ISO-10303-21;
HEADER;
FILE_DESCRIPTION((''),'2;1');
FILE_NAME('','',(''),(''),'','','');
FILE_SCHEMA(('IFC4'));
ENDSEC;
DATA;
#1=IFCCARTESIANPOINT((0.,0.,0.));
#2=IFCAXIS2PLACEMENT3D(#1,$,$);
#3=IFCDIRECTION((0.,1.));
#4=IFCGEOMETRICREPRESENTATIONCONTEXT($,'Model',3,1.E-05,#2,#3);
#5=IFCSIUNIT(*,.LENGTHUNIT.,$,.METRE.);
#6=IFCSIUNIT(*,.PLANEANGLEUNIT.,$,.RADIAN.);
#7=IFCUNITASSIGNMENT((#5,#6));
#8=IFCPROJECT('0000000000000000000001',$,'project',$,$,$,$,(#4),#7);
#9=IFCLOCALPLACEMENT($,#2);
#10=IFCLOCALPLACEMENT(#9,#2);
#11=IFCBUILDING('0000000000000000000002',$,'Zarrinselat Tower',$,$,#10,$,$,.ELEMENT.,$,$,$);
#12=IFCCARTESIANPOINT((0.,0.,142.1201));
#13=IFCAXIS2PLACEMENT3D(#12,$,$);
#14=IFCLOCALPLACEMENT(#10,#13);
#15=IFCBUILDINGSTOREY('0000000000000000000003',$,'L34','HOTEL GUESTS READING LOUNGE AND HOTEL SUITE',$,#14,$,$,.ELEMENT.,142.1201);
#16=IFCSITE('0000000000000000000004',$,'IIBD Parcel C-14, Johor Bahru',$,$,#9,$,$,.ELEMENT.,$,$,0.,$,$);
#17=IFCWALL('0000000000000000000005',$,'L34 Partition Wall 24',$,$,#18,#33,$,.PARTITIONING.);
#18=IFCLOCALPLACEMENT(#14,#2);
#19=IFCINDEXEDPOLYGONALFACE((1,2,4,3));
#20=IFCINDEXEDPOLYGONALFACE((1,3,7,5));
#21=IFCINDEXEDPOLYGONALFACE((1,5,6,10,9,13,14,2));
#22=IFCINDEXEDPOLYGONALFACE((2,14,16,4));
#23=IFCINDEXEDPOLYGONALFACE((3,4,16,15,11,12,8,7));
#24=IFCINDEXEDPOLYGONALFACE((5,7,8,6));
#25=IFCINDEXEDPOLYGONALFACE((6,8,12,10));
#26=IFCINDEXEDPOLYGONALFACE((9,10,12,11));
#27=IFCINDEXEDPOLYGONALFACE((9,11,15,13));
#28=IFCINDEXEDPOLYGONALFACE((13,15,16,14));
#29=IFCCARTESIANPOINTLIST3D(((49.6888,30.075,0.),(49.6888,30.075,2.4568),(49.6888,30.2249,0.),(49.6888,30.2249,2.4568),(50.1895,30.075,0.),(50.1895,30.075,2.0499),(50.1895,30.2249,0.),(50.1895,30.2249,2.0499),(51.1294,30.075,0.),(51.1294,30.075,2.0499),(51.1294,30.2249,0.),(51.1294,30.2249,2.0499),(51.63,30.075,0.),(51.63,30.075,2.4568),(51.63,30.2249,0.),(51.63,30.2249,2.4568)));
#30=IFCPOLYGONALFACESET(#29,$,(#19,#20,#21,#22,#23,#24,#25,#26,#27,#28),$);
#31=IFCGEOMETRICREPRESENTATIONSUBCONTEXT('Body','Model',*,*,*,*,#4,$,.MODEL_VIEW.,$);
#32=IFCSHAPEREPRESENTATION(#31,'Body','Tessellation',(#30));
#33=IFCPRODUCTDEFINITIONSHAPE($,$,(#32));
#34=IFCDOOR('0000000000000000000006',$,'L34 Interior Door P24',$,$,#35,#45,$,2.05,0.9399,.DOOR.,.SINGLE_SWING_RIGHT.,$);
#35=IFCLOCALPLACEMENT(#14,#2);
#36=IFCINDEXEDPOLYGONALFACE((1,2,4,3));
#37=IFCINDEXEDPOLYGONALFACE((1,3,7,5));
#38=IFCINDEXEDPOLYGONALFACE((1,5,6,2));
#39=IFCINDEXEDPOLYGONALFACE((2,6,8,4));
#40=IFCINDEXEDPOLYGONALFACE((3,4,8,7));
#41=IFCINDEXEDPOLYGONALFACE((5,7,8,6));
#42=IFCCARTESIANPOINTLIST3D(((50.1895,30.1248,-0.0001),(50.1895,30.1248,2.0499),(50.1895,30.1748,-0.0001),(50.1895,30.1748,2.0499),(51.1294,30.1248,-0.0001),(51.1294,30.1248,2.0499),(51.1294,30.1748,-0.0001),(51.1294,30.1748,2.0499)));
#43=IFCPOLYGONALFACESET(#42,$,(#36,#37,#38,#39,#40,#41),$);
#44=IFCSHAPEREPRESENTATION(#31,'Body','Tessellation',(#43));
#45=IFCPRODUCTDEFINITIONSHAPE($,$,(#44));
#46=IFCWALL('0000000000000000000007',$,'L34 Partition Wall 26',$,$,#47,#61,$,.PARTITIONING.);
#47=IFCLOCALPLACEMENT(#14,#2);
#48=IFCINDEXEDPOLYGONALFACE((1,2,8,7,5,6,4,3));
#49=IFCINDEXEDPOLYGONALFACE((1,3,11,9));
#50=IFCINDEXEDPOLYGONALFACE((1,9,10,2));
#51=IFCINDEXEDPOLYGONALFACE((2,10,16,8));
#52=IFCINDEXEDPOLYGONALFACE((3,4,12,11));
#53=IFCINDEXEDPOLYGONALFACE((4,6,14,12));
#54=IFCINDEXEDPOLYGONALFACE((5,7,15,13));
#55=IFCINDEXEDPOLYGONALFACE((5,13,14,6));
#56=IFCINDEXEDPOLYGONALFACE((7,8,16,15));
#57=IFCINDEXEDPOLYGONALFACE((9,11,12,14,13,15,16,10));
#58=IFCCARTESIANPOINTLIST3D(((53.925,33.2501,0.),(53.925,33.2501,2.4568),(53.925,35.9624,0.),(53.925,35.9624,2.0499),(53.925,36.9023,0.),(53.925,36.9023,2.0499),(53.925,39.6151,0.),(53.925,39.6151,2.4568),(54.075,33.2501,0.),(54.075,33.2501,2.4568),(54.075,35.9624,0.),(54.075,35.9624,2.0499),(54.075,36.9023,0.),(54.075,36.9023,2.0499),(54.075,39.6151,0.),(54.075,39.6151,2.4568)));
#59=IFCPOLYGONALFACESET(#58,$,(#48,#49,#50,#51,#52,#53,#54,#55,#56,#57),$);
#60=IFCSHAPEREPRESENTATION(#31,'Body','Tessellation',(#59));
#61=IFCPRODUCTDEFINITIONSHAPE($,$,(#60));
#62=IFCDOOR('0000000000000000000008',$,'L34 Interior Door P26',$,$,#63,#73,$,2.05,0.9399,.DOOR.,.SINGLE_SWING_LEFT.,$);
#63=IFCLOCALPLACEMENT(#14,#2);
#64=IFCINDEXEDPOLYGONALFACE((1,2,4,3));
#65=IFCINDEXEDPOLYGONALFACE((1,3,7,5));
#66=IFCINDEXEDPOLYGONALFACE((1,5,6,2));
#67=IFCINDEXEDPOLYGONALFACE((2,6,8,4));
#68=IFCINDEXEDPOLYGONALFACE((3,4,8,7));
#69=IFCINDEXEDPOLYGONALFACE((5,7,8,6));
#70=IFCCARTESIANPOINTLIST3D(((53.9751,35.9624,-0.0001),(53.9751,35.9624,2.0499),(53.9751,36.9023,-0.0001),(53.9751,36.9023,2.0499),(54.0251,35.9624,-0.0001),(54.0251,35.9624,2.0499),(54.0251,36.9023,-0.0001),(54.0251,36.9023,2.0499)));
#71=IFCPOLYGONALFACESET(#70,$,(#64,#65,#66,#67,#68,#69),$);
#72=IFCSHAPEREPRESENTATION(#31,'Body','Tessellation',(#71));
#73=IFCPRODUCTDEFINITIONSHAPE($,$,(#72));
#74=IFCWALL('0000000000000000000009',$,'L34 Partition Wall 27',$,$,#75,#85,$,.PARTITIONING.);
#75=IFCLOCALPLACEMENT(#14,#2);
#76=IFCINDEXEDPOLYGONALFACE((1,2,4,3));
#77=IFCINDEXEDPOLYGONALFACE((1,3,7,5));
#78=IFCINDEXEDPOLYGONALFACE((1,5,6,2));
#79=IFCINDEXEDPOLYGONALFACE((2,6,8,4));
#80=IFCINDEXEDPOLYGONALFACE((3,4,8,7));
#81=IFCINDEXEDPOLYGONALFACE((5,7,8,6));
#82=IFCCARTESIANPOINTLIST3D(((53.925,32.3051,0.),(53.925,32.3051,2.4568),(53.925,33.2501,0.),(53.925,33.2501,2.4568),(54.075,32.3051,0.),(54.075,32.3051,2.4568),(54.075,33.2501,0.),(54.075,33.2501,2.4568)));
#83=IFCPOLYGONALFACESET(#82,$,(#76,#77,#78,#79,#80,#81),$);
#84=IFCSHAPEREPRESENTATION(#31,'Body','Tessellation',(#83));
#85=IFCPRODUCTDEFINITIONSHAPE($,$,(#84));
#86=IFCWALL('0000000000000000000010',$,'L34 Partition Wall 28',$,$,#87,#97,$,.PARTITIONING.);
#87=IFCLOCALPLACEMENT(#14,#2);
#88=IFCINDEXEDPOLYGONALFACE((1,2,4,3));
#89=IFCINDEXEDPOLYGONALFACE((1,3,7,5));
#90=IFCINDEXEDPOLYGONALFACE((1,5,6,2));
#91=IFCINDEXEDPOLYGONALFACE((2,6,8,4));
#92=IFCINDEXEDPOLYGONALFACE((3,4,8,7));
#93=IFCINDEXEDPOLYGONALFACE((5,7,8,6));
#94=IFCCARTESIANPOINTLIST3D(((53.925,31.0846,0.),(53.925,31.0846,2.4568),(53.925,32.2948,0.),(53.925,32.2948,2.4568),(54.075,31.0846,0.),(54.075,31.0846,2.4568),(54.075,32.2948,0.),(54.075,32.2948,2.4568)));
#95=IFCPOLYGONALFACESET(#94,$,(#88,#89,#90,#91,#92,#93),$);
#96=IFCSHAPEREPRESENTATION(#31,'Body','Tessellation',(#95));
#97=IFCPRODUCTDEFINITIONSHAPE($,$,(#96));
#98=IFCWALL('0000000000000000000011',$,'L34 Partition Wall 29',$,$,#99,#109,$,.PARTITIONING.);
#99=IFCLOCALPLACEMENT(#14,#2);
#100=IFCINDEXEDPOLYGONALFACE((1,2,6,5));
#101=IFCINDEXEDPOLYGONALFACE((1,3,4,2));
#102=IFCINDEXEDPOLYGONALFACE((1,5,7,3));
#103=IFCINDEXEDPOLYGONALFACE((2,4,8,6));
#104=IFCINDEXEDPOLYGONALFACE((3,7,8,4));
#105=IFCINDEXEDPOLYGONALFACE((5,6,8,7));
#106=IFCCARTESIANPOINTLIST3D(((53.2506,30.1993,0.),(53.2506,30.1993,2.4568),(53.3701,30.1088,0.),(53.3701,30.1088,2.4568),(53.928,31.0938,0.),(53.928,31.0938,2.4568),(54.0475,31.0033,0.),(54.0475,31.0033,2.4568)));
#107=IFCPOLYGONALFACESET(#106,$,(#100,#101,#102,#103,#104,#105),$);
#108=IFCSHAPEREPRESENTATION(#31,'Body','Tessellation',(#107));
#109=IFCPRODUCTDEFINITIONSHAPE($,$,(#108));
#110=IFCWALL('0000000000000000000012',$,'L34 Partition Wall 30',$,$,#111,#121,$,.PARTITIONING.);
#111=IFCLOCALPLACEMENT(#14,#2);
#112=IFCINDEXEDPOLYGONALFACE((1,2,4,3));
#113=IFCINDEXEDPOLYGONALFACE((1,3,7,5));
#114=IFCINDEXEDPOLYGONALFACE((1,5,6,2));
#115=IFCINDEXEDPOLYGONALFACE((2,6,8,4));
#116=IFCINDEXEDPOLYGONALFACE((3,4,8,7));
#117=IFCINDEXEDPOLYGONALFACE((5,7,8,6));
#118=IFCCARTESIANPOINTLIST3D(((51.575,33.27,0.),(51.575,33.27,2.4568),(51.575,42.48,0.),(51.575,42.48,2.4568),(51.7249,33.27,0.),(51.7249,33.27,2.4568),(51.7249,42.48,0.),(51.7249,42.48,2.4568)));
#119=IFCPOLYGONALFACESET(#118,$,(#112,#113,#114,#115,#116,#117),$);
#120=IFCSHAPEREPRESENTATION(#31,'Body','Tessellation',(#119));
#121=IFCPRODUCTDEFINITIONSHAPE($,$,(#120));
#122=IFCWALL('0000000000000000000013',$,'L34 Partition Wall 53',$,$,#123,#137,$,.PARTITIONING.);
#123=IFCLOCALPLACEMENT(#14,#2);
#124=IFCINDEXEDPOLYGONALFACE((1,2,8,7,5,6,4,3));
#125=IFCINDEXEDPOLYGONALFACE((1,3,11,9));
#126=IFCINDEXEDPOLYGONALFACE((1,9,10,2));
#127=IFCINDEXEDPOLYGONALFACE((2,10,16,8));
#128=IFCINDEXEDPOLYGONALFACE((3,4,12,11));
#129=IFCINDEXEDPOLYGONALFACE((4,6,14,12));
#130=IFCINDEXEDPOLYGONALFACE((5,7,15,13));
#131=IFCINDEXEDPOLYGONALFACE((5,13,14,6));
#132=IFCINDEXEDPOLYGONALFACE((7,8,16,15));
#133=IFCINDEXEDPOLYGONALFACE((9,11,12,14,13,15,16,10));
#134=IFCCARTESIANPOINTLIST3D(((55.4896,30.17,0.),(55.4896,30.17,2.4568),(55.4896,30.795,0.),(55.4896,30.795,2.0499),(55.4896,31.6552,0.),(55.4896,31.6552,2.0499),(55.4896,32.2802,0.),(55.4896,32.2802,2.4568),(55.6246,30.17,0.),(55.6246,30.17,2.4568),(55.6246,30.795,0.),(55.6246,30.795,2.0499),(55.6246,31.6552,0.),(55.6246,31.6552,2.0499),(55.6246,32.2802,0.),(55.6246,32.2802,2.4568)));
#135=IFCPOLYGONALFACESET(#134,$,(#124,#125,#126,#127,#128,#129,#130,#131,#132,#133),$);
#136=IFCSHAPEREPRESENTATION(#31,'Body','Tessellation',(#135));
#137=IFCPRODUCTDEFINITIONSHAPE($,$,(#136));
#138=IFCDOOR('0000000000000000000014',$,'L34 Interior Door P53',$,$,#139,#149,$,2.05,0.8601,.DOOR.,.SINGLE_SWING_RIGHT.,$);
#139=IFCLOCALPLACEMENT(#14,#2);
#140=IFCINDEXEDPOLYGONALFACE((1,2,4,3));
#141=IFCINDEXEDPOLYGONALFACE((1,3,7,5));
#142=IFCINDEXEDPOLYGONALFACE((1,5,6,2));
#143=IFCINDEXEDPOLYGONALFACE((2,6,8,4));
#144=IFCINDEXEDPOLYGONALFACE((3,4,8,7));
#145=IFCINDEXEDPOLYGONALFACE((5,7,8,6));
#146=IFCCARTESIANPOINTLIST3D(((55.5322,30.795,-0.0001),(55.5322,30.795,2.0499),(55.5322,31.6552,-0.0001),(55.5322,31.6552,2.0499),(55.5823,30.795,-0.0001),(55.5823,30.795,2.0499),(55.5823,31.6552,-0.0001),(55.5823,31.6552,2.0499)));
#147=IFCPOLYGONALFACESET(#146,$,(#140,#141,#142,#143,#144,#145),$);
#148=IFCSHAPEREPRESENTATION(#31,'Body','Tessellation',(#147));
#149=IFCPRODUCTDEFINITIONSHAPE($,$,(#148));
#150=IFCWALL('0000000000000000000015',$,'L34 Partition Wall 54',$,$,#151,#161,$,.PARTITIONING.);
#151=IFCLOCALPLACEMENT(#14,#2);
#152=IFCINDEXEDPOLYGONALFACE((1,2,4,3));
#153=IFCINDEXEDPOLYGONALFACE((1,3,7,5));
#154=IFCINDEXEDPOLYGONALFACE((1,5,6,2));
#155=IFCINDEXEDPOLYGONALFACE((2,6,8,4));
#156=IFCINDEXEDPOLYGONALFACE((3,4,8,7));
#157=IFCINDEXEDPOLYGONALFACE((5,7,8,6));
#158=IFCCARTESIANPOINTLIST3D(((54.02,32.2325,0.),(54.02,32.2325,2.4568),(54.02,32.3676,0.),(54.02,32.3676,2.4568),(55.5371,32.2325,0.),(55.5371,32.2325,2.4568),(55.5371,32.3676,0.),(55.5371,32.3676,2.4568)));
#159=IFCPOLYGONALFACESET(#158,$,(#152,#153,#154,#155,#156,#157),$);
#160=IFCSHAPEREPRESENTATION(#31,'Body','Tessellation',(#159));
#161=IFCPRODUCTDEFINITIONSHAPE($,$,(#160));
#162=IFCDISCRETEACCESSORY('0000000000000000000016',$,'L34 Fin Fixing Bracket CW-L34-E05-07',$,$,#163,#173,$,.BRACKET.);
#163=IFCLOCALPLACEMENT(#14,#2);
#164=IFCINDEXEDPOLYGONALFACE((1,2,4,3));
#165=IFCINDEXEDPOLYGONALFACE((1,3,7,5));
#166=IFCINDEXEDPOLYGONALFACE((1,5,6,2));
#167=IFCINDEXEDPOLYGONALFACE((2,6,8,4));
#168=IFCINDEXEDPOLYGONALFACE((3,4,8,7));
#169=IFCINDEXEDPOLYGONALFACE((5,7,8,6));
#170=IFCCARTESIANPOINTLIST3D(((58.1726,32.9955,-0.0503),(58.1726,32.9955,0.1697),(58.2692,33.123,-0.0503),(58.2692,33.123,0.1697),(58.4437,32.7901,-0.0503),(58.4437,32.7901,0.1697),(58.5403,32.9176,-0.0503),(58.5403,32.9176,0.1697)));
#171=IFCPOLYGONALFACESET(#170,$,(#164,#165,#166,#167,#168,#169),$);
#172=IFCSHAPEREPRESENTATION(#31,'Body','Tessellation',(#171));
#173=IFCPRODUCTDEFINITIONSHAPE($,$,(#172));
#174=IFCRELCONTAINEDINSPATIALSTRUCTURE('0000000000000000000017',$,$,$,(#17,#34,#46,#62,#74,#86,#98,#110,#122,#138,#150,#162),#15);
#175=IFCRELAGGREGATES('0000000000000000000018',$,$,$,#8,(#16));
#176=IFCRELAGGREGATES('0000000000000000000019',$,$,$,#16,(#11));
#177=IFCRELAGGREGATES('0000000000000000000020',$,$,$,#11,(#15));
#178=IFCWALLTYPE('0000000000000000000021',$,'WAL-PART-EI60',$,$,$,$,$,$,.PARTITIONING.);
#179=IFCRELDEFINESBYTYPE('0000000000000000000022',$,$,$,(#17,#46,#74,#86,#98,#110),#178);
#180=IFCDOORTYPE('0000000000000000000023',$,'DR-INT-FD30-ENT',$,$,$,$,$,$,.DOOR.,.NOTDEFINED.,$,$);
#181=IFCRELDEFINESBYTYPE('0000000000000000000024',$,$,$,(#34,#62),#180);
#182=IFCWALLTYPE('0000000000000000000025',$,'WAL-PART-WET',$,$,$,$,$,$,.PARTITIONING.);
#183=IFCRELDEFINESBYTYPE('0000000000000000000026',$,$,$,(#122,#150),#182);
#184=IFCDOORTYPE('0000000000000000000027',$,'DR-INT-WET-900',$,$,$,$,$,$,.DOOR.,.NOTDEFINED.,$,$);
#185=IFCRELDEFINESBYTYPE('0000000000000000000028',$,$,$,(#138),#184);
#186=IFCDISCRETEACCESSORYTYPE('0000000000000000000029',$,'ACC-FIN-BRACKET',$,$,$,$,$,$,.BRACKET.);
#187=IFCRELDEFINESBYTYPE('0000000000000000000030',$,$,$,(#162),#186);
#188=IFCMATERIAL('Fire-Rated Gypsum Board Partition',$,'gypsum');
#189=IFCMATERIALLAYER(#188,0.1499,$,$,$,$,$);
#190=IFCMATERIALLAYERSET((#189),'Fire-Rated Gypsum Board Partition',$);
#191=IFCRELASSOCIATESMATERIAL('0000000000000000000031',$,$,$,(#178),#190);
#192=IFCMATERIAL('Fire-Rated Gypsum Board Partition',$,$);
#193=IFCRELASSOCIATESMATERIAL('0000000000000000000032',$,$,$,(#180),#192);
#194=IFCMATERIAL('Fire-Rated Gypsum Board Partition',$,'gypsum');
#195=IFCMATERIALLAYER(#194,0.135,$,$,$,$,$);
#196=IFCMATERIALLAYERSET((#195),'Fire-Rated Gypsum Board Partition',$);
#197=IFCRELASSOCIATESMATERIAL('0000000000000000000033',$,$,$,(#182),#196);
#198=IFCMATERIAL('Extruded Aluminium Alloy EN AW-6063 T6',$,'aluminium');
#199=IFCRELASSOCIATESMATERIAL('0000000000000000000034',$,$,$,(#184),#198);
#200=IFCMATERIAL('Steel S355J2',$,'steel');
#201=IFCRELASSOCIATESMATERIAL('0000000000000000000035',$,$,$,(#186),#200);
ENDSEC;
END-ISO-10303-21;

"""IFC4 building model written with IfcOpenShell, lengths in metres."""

from ifc_helpers import new_model, si_unit, direction, frame, frame_2d, origin, origin_2d, place, context, subcontext, project, spatial, rectangle, extrude, material, layer, layer_set, type_object, element, fill, save


model = new_model("IFC4")

# Units and contexts
model_context = context("Model", 3, precision=1e-05, world=origin(), true_north=direction((0.0, 1.0)))
body_context = subcontext(model_context, "Body", "Model", "MODEL_VIEW")
ifc_project = project(units=[si_unit("LENGTHUNIT", "METRE"), si_unit("PLANEANGLEUNIT", "RADIAN")], contexts=[model_context])

# Site, building, storey
site_placement = place(None, origin())
site = spatial("IfcSite", under=ifc_project, at=site_placement, Name="IIBD Parcel C-14, Johor Bahru", CompositionType="ELEMENT", RefElevation=0.0)
building_placement = place(site_placement, origin())
building = spatial("IfcBuilding", under=site, at=building_placement, Name="Zarrinselat Tower", CompositionType="ELEMENT")
storey_placement = place(building_placement, frame((0.0, 0.0, 142.1201)))
storey = spatial("IfcBuildingStorey", under=building, at=storey_placement, Name="L34", Description="HOTEL GUESTS READING LOUNGE AND HOTEL SUITE", CompositionType="ELEMENT", Elevation=142.1201)

# Walls, openings, doors
ifc_material_1 = material(Name="Fire-Rated Gypsum Board Partition", Category="gypsum")
ifc_layer_1 = layer(ifc_material_1, 0.1499)
ifc_layer_set_1 = layer_set([ifc_layer_1], Name="Fire-Rated Gypsum Board Partition")
wall_type_1 = type_object("IfcWallType", Name="WAL-PART-EI60", PredefinedType="PARTITIONING", material=ifc_layer_set_1)
wall_1_placement = place(storey_placement, frame((49.6887, 30.1499, 0.0), z_axis=(0.0, 0.0, 1.0), x_axis=(1.0, 0.0, 0.0)))
wall_1 = element("IfcWall", 1, at=wall_1_placement, inside=storey, type_object=wall_type_1, Name="L34 Partition Wall 24", PredefinedType="PARTITIONING", context=body_context, shape_type="SweptSolid", body=[
    extrude(rectangle(XDim=1.9412, YDim=0.1499, at=frame_2d((0.9707, 0.0))), origin(), (0.0, 0.0, 1.0), 2.4568),
])
opening_1_placement = place(wall_1_placement, frame((0.5007, 0.0, 0.0)))
opening_1 = element("IfcOpeningElement", 2, at=opening_1_placement, cuts=wall_1, PredefinedType="OPENING", context=body_context, shape_type="SweptSolid", body=[
    extrude(rectangle(XDim=0.9399, YDim=2.05, at=frame_2d((0.47, 1.0249))), frame((0.0, 0.085, 0.0), z_axis=(0.0, -1.0, 0.0), x_axis=(1.0, 0.0, 0.0)), (0.0, 0.0, 1.0), 0.1699),
])
ifc_material_2 = material(Name="Fire-Rated Gypsum Board Partition")
door_type_1 = type_object("IfcDoorType", Name="DR-INT-FD30-ENT", OperationType="NOTDEFINED", PredefinedType="DOOR", material=ifc_material_2)
door_1_placement = place(opening_1_placement, origin())
door_1 = element("IfcDoor", 3, at=door_1_placement, inside=storey, type_object=door_type_1, Name="L34 Interior Door P24", OperationType="SINGLE_SWING_RIGHT", OverallHeight=2.05, OverallWidth=0.9399, PredefinedType="DOOR", context=body_context, shape_type="SweptSolid", body=[
    extrude(rectangle(XDim=0.9399, YDim=2.05, at=frame_2d((0.47, 1.0249))), frame((0.0, 0.0249, 0.0), z_axis=(0.0, -1.0, 0.0), x_axis=(1.0, 0.0, 0.0)), (0.0, 0.0, 1.0), 0.05),
])
fill(opening_1, door_1)
wall_2_placement = place(storey_placement, frame((54.0, 33.25, 0.0), z_axis=(0.0, 0.0, 1.0), x_axis=(0.0, 1.0, 0.0)))
wall_2 = element("IfcWall", 4, at=wall_2_placement, inside=storey, type_object=wall_type_1, Name="L34 Partition Wall 26", PredefinedType="PARTITIONING", context=body_context, shape_type="SweptSolid", body=[
    extrude(rectangle(XDim=6.365, YDim=0.1499, at=frame_2d((3.1826, 0.0))), origin(), (0.0, 0.0, 1.0), 2.4568),
])
opening_2_placement = place(wall_2_placement, frame((2.7124, 0.0, 0.0)))
opening_2 = element("IfcOpeningElement", 5, at=opening_2_placement, cuts=wall_2, PredefinedType="OPENING", context=body_context, shape_type="SweptSolid", body=[
    extrude(rectangle(XDim=0.9399, YDim=2.05, at=frame_2d((0.47, 1.0249))), frame((0.0, 0.085, 0.0), z_axis=(0.0, -1.0, 0.0), x_axis=(1.0, 0.0, 0.0)), (0.0, 0.0, 1.0), 0.1699),
])
door_2_placement = place(opening_2_placement, origin())
door_2 = element("IfcDoor", 6, at=door_2_placement, inside=storey, type_object=door_type_1, Name="L34 Interior Door P26", OperationType="SINGLE_SWING_LEFT", OverallHeight=2.05, OverallWidth=0.9399, PredefinedType="DOOR", context=body_context, shape_type="SweptSolid", body=[
    extrude(rectangle(XDim=0.9399, YDim=2.05, at=frame_2d((0.47, 1.0249))), frame((0.0, 0.0249, 0.0), z_axis=(0.0, -1.0, 0.0), x_axis=(1.0, 0.0, 0.0)), (0.0, 0.0, 1.0), 0.05),
])
fill(opening_2, door_2)

# Walls
wall_3_placement = place(storey_placement, frame((54.0, 32.3049, 0.0), z_axis=(0.0, 0.0, 1.0), x_axis=(0.0, 1.0, 0.0)))
element("IfcWall", 7, at=wall_3_placement, inside=storey, type_object=wall_type_1, Name="L34 Partition Wall 27", PredefinedType="PARTITIONING", context=body_context, shape_type="SweptSolid", body=[
    extrude(rectangle(XDim=0.9451, YDim=0.1499, at=frame_2d((0.4727, 0.0))), origin(), (0.0, 0.0, 1.0), 2.4568),
])
wall_4_placement = place(storey_placement, frame((54.0, 31.0847, 0.0), z_axis=(0.0, 0.0, 1.0), x_axis=(0.0, 1.0, 0.0)))
element("IfcWall", 8, at=wall_4_placement, inside=storey, type_object=wall_type_1, Name="L34 Partition Wall 28", PredefinedType="PARTITIONING", context=body_context, shape_type="SweptSolid", body=[
    extrude(rectangle(XDim=1.2102, YDim=0.1499, at=frame_2d((0.605, 0.0))), origin(), (0.0, 0.0, 1.0), 2.4568),
])
wall_5_placement = place(storey_placement, frame((53.3103, 30.1541, 0.0), z_axis=(0.0, 0.0, 1.0), x_axis=(0.603753, 0.797171, 0.0)))
element("IfcWall", 9, at=wall_5_placement, inside=storey, type_object=wall_type_1, Name="L34 Partition Wall 29", PredefinedType="PARTITIONING", context=body_context, shape_type="SweptSolid", body=[
    extrude(rectangle(XDim=1.1221, YDim=0.1499, at=frame_2d((0.561, 0.0))), origin(), (0.0, 0.0, 1.0), 2.4568),
])
wall_6_placement = place(storey_placement, frame((51.6499, 33.27, 0.0), z_axis=(0.0, 0.0, 1.0), x_axis=(0.0, 1.0, 0.0)))
element("IfcWall", 10, at=wall_6_placement, inside=storey, type_object=wall_type_1, Name="L34 Partition Wall 30", PredefinedType="PARTITIONING", context=body_context, shape_type="SweptSolid", body=[
    extrude(rectangle(XDim=9.21, YDim=0.1499, at=frame_2d((4.605, 0.0))), origin(), (0.0, 0.0, 1.0), 2.4568),
])

# Wall, opening, door
ifc_material_3 = material(Name="Fire-Rated Gypsum Board Partition", Category="gypsum")
ifc_layer_2 = layer(ifc_material_3, 0.135)
ifc_layer_set_2 = layer_set([ifc_layer_2], Name="Fire-Rated Gypsum Board Partition")
wall_type_2 = type_object("IfcWallType", Name="WAL-PART-WET", PredefinedType="PARTITIONING", material=ifc_layer_set_2)
wall_7_placement = place(storey_placement, frame((55.5571, 30.1699, 0.0), z_axis=(0.0, 0.0, 1.0), x_axis=(0.0, 1.0, 0.0)))
wall_7 = element("IfcWall", 11, at=wall_7_placement, inside=storey, type_object=wall_type_2, Name="L34 Partition Wall 53", PredefinedType="PARTITIONING", context=body_context, shape_type="SweptSolid", body=[
    extrude(rectangle(XDim=2.1101, YDim=0.135, at=frame_2d((1.0552, 0.0))), origin(), (0.0, 0.0, 1.0), 2.4568),
])
opening_3_placement = place(wall_7_placement, frame((0.625, 0.0, 0.0)))
opening_3 = element("IfcOpeningElement", 12, at=opening_3_placement, cuts=wall_7, PredefinedType="OPENING", context=body_context, shape_type="SweptSolid", body=[
    extrude(rectangle(XDim=0.8601, YDim=2.05, at=frame_2d((0.4302, 1.0249))), frame((0.0, 0.0774, 0.0), z_axis=(0.0, -1.0, 0.0), x_axis=(1.0, 0.0, 0.0)), (0.0, 0.0, 1.0), 0.155),
])
ifc_material_4 = material(Name="Extruded Aluminium Alloy EN AW-6063 T6", Category="aluminium")
door_type_2 = type_object("IfcDoorType", Name="DR-INT-WET-900", OperationType="NOTDEFINED", PredefinedType="DOOR", material=ifc_material_4)
door_3_placement = place(opening_3_placement, origin())
door_3 = element("IfcDoor", 13, at=door_3_placement, inside=storey, type_object=door_type_2, Name="L34 Interior Door P53", OperationType="SINGLE_SWING_RIGHT", OverallHeight=2.05, OverallWidth=0.8601, PredefinedType="DOOR", context=body_context, shape_type="SweptSolid", body=[
    extrude(rectangle(XDim=0.8601, YDim=2.05, at=frame_2d((0.4302, 1.0249))), frame((0.0, 0.0249, 0.0), z_axis=(0.0, -1.0, 0.0), x_axis=(1.0, 0.0, 0.0)), (0.0, 0.0, 1.0), 0.05),
])
fill(opening_3, door_3)

# Wall
wall_8_placement = place(storey_placement, frame((54.02, 32.3, 0.0), z_axis=(0.0, 0.0, 1.0), x_axis=(1.0, 0.0, 0.0)))
element("IfcWall", 14, at=wall_8_placement, inside=storey, type_object=wall_type_2, Name="L34 Partition Wall 54", PredefinedType="PARTITIONING", context=body_context, shape_type="SweptSolid", body=[
    extrude(rectangle(XDim=1.5171, YDim=0.135, at=frame_2d((0.7585, 0.0))), origin(), (0.0, 0.0, 1.0), 2.4568),
])

# Discrete accessory
ifc_material_5 = material(Name="Steel S355J2", Category="steel")
discrete_accessory_type = type_object("IfcDiscreteAccessoryType", Name="ACC-FIN-BRACKET", PredefinedType="BRACKET", material=ifc_material_5)
discrete_accessory_placement = place(storey_placement, frame((58.3564, 32.9565, -0.0503), z_axis=(0.0, 0.0, 1.0), x_axis=(0.797094, -0.603856, 0.0)))
element("IfcDiscreteAccessory", 15, at=discrete_accessory_placement, inside=storey, type_object=discrete_accessory_type, Name="L34 Fin Fixing Bracket CW-L34-E05-07", PredefinedType="BRACKET", context=body_context, shape_type="SweptSolid", body=[
    extrude(rectangle(XDim=0.3401, YDim=0.1599, at=origin_2d()), origin(), (0.0, 0.0, 1.0), 0.22),
])

save(model, "model.ifc")
